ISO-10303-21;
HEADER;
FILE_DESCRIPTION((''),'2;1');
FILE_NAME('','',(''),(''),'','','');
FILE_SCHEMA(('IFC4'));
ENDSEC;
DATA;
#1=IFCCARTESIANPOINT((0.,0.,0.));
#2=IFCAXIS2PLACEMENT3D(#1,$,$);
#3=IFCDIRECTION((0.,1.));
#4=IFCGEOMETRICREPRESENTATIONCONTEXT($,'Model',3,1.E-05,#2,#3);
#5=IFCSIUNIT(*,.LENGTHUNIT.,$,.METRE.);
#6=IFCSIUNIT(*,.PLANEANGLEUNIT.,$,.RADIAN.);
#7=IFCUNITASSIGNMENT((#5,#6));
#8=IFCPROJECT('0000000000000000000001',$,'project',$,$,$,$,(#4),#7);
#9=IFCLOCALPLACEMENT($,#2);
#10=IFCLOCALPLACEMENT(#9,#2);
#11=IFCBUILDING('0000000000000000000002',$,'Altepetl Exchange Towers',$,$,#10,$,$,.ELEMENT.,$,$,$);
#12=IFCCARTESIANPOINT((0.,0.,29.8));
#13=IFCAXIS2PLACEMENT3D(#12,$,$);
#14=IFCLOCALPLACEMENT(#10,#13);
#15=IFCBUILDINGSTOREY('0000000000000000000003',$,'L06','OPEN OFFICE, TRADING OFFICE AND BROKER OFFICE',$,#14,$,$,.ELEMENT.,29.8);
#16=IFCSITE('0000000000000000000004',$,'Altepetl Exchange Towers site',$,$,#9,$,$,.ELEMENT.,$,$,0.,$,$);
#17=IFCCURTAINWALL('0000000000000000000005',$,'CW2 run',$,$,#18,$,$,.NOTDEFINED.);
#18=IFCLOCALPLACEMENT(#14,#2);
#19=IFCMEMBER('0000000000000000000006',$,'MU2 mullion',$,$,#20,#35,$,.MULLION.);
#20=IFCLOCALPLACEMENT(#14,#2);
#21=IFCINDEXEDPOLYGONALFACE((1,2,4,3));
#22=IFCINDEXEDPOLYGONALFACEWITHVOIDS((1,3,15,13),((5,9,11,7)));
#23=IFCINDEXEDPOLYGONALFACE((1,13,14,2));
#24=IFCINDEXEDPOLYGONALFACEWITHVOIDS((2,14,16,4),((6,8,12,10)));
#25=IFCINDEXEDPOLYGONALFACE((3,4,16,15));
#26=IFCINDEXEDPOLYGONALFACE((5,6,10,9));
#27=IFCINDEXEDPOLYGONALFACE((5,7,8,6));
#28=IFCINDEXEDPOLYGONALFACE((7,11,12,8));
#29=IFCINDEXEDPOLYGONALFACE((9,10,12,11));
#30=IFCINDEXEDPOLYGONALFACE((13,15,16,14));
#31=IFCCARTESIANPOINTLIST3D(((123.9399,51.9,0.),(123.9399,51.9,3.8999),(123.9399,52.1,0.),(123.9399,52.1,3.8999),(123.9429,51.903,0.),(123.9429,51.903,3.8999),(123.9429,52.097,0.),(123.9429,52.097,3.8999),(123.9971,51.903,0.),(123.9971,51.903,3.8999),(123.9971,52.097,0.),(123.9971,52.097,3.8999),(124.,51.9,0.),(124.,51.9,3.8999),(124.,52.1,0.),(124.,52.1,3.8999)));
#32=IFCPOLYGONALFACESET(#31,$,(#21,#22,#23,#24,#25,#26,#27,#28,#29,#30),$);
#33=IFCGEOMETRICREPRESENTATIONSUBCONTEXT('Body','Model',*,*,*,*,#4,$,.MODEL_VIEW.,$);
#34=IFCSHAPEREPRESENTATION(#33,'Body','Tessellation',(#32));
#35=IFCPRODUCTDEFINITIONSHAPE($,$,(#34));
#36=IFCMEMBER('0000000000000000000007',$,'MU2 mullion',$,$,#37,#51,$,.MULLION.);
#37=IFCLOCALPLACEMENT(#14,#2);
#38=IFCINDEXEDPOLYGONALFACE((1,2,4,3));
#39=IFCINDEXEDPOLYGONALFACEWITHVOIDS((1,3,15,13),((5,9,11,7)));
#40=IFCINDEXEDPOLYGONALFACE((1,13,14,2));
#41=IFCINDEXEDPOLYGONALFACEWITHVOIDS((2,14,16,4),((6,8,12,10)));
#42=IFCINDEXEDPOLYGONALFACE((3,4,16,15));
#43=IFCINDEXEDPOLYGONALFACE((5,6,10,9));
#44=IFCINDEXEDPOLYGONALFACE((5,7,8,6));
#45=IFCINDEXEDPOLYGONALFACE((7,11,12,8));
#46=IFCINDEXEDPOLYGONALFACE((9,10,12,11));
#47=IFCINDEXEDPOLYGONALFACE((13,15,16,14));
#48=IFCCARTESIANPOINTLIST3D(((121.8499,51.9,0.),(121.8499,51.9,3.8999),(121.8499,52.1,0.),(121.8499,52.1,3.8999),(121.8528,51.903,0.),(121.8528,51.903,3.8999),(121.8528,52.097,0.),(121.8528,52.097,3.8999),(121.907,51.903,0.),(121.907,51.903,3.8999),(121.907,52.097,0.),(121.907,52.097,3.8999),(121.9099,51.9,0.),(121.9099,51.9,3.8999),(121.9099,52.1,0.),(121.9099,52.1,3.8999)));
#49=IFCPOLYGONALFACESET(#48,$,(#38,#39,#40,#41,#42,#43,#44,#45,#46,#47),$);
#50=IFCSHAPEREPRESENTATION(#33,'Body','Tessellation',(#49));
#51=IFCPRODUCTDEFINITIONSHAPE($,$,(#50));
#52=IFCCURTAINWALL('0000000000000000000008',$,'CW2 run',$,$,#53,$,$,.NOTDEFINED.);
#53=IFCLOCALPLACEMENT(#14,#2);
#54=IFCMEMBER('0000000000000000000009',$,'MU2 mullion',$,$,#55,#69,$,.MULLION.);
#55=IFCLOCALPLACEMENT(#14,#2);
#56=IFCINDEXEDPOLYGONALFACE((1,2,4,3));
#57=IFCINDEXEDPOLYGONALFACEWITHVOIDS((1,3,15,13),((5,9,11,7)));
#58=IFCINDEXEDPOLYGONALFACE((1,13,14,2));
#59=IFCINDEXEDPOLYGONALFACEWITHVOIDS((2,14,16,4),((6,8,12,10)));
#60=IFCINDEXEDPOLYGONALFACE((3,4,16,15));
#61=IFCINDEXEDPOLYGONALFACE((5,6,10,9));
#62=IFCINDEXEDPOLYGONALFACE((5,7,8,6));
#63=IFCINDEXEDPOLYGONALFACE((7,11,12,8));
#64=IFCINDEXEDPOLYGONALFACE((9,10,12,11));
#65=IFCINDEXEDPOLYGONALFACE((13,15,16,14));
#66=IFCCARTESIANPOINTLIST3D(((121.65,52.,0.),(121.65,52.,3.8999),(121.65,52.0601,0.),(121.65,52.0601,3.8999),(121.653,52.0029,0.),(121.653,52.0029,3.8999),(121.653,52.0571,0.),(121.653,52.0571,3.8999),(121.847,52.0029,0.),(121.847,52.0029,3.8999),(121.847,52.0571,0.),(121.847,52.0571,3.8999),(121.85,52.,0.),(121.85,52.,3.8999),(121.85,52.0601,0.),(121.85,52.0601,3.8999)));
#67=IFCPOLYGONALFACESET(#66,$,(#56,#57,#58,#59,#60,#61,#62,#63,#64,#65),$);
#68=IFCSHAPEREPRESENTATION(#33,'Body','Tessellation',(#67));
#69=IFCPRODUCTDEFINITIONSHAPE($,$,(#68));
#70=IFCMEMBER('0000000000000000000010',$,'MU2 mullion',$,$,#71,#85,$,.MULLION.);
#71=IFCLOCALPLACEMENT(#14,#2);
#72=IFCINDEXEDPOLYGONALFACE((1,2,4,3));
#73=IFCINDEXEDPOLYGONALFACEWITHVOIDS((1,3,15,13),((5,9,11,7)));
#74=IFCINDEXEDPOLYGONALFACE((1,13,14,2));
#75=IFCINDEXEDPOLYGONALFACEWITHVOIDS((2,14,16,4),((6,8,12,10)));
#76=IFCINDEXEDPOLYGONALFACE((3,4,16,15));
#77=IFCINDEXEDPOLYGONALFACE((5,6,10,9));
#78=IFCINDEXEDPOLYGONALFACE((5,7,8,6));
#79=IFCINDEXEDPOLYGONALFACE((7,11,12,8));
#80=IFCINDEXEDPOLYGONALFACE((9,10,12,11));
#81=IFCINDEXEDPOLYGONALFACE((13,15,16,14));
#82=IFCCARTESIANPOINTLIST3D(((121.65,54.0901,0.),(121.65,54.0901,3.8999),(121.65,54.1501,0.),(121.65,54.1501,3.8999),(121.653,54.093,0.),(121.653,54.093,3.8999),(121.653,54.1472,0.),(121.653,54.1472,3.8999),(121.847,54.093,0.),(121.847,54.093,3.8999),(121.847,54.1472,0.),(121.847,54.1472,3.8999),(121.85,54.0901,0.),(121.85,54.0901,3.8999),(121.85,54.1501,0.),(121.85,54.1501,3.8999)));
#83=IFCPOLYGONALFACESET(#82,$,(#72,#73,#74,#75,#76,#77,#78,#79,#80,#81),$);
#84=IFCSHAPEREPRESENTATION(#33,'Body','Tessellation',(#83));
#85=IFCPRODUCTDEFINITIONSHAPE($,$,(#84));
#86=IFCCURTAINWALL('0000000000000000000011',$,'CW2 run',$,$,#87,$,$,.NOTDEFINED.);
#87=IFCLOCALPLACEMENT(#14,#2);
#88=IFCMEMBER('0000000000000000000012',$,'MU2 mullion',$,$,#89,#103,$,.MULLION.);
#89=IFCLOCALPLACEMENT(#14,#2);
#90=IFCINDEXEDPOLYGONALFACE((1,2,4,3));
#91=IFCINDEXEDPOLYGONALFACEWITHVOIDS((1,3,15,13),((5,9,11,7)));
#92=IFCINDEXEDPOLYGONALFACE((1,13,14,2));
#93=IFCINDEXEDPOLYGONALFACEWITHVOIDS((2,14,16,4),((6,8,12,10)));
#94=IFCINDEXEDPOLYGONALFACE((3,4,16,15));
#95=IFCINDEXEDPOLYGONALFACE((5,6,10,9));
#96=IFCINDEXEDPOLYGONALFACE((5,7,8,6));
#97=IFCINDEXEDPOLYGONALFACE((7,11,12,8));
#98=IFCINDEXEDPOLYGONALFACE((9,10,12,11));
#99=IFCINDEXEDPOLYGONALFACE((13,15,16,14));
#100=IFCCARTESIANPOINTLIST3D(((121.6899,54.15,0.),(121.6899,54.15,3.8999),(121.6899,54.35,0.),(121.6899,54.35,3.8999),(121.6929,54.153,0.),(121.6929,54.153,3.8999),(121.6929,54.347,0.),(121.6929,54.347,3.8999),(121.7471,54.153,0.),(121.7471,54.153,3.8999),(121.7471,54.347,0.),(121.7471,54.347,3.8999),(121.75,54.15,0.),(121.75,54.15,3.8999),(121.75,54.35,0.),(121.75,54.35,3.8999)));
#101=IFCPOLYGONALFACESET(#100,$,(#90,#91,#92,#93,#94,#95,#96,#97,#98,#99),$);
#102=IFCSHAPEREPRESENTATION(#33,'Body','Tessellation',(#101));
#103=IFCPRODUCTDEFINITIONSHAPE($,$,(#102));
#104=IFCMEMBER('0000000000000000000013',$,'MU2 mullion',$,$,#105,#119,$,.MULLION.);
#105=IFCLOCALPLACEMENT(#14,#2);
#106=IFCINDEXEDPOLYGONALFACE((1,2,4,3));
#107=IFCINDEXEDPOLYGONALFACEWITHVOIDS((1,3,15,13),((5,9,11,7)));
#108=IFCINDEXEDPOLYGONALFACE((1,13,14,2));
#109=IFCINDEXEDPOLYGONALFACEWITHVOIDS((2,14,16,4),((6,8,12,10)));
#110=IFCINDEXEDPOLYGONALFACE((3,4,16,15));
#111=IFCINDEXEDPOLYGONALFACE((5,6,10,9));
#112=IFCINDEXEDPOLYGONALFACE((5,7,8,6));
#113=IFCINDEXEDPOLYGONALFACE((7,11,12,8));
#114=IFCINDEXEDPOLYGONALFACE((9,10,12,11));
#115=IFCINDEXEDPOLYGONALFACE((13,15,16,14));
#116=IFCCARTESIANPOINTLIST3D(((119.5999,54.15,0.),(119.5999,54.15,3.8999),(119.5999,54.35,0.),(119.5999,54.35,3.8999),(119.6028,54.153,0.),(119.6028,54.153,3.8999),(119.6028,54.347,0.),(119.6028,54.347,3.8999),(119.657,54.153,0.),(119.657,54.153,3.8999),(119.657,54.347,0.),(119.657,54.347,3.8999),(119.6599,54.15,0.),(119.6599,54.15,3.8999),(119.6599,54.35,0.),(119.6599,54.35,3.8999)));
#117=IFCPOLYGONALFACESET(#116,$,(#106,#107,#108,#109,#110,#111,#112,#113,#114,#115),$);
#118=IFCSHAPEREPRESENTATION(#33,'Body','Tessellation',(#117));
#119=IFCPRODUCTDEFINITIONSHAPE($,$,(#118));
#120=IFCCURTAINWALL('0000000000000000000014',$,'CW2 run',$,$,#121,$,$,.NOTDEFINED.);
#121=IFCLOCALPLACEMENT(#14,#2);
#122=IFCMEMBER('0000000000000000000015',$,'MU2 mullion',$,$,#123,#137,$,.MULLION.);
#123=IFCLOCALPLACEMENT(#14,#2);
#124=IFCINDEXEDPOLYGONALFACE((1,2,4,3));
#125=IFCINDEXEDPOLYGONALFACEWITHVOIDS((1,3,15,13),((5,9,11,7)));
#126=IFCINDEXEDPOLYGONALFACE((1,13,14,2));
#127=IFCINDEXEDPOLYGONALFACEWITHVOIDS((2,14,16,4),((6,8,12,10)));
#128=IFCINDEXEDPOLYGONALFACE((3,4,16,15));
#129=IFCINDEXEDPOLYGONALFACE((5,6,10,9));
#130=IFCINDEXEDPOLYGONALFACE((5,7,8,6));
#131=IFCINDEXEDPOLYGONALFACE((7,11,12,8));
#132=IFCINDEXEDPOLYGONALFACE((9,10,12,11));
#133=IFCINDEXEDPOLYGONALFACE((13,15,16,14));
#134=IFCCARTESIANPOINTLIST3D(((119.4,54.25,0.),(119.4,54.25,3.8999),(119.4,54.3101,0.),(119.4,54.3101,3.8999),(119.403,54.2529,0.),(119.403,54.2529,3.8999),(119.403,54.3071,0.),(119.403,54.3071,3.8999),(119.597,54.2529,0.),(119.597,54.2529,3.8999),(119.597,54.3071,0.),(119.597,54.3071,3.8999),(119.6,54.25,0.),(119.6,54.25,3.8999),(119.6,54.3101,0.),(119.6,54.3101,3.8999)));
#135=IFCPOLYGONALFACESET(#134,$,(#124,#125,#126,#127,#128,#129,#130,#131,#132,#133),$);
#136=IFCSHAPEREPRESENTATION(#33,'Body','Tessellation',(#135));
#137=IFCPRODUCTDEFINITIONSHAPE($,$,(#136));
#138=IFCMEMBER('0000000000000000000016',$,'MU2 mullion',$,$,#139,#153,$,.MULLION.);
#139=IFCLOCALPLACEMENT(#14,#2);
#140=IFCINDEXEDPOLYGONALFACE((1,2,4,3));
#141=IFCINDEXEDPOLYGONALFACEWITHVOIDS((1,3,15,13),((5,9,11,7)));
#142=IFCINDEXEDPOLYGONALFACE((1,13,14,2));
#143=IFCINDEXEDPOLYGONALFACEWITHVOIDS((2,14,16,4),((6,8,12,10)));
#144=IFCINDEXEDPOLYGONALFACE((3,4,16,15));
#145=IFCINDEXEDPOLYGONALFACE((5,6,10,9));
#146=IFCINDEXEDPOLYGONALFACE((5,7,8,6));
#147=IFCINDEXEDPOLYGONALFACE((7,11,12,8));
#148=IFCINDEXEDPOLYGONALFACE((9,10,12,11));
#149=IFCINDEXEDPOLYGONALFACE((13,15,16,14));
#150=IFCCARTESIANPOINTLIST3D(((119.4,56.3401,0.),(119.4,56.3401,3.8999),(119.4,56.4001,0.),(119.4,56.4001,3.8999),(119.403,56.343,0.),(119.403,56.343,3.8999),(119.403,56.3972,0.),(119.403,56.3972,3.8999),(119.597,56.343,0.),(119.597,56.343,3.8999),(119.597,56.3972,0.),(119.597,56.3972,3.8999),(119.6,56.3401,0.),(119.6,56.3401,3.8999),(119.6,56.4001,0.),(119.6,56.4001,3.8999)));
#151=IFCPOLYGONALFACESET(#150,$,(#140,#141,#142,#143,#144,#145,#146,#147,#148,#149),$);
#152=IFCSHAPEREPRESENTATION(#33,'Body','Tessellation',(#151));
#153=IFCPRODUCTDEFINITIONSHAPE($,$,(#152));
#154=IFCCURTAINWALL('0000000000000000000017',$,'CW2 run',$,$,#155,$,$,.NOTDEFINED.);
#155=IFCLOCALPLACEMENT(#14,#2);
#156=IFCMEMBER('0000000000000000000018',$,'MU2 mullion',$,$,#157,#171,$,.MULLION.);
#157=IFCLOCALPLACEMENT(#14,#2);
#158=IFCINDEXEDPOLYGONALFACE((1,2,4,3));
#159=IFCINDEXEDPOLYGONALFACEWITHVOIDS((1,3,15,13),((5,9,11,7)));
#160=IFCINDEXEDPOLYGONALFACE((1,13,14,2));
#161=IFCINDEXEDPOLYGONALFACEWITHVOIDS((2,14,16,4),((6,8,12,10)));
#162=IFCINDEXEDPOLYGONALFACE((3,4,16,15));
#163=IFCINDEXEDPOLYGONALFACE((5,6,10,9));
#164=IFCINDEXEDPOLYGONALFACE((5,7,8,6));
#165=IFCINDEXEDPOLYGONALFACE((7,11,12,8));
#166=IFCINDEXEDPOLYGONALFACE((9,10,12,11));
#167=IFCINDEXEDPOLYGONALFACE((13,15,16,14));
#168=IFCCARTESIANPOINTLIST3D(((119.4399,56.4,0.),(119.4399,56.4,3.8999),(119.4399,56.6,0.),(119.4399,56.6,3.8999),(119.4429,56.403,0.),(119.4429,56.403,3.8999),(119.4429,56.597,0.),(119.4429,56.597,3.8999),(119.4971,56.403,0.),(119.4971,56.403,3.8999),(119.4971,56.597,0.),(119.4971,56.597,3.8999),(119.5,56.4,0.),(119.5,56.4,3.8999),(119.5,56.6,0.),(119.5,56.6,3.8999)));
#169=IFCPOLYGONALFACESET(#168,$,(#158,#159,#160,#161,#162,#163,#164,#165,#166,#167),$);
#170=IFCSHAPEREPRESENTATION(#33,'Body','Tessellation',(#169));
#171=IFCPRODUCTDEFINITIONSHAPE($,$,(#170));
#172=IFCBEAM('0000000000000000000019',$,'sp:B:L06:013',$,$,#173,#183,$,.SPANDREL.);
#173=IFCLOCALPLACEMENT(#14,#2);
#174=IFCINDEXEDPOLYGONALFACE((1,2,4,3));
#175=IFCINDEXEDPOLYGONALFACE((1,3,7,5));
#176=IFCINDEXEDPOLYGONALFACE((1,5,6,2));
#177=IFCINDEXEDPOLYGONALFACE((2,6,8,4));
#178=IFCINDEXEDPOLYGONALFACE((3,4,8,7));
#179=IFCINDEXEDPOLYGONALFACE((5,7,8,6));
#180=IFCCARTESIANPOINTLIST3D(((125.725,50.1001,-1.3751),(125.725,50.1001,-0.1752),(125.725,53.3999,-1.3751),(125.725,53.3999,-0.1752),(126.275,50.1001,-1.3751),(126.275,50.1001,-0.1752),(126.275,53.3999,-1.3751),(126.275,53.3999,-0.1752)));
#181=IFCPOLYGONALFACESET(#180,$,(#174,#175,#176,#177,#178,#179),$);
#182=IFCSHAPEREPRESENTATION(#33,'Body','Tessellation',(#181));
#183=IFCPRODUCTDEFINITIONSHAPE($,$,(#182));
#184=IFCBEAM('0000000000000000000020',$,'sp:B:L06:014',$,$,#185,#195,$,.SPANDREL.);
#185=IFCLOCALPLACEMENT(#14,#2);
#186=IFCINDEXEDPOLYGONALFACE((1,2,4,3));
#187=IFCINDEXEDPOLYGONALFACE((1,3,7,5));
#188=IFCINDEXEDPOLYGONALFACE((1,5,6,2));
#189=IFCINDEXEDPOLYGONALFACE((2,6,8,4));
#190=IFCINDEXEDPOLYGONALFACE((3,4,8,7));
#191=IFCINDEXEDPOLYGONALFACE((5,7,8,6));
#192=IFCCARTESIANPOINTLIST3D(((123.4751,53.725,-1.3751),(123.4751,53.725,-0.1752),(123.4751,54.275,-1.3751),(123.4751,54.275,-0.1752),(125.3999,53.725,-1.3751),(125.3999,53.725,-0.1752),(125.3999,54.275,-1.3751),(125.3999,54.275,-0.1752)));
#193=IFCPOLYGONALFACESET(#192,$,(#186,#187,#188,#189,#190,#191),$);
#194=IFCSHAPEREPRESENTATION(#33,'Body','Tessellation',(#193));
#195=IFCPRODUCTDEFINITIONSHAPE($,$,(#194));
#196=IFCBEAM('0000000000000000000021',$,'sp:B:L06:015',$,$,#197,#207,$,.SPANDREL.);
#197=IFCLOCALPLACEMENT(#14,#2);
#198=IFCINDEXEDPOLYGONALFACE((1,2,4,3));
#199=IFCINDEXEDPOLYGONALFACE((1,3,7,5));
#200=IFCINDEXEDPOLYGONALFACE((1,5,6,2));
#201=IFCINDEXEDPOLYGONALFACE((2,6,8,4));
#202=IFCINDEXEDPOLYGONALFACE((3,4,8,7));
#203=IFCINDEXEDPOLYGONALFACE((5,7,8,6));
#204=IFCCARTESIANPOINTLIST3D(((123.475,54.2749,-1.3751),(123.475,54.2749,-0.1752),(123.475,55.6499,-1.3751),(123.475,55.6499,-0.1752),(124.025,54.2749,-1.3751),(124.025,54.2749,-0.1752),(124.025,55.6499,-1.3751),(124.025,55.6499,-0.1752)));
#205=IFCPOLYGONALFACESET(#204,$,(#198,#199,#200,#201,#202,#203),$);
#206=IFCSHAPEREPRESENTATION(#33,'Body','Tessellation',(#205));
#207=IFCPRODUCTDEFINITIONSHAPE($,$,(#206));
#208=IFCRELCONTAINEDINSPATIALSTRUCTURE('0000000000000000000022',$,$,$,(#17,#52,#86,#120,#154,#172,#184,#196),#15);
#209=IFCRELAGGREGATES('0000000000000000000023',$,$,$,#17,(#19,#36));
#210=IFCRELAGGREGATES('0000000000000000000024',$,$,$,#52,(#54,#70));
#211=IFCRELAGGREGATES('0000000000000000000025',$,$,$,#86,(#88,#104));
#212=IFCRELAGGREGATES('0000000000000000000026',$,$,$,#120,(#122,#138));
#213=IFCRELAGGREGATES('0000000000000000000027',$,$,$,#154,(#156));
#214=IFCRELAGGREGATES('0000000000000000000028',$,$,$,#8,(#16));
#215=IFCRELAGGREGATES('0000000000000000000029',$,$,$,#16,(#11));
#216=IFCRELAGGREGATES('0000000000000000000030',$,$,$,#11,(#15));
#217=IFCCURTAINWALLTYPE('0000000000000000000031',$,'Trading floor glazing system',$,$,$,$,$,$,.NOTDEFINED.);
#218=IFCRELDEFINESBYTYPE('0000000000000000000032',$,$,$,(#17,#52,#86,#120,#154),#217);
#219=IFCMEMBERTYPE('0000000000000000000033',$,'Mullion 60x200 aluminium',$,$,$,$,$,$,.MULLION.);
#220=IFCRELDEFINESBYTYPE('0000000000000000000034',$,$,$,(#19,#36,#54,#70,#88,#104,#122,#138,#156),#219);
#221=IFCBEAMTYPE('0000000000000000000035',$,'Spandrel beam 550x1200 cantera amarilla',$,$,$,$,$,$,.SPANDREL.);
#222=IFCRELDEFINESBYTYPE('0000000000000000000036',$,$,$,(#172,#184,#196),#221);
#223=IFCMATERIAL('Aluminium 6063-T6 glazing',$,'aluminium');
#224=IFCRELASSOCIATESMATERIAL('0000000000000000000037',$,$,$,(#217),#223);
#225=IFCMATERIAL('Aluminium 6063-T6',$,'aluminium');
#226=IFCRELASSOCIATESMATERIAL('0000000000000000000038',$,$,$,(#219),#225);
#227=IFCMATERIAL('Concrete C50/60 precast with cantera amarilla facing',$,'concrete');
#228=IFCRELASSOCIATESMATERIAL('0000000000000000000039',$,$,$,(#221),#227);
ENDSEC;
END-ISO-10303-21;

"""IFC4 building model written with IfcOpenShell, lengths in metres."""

from ifc_helpers import new_model, si_unit, direction, frame, origin, origin_2d, place, context, subcontext, project, spatial, rectangle, hollow_rectangle, extrude, material, material_profile, profile_set, type_object, element, aggregate, save


model = new_model("IFC4")

# Units and contexts
model_context = context("Model", 3, precision=1e-05, world=origin(), true_north=direction((0.0, 1.0)))
body_context = subcontext(model_context, "Body", "Model", "MODEL_VIEW")
ifc_project = project(units=[si_unit("LENGTHUNIT", "METRE"), si_unit("PLANEANGLEUNIT", "RADIAN")], contexts=[model_context])

# Site, building, storey
site_placement = place(None, origin())
site = spatial("IfcSite", under=ifc_project, at=site_placement, Name="Altepetl Exchange Towers site", CompositionType="ELEMENT", RefElevation=0.0)
building_placement = place(site_placement, origin())
building = spatial("IfcBuilding", under=site, at=building_placement, Name="Altepetl Exchange Towers", CompositionType="ELEMENT")
storey_placement = place(building_placement, frame((0.0, 0.0, 29.8)))
storey = spatial("IfcBuildingStorey", under=building, at=storey_placement, Name="L06", Description="OPEN OFFICE, TRADING OFFICE AND BROKER OFFICE", CompositionType="ELEMENT", Elevation=29.8)

# Curtain walls, members
ifc_material_1 = material(Name="Aluminium 6063-T6 glazing", Category="aluminium")
curtain_wall_type = type_object("IfcCurtainWallType", Name="Trading floor glazing system", PredefinedType="NOTDEFINED", material=ifc_material_1)
ifc_material_2 = material(Name="Aluminium 6063-T6", Category="aluminium")
ifc_material_profile_1 = material_profile(ifc_material_2, hollow_rectangle(XDim=0.0601, YDim=0.2, WallThickness=0.0029, at=origin_2d()), Name="Mullion 60x200 aluminium")
ifc_profile_set_1 = profile_set([ifc_material_profile_1], Name="Aluminium 6063-T6")
member_type = type_object("IfcMemberType", Name="Mullion 60x200 aluminium", PredefinedType="MULLION", material=ifc_profile_set_1)
curtain_wall_1_placement = place(storey_placement, origin())
curtain_wall_1 = element("IfcCurtainWall", 1, at=curtain_wall_1_placement, inside=storey, type_object=curtain_wall_type, Name="CW2 run", PredefinedType="NOTDEFINED")
member_1_placement = place(storey_placement, frame((123.97, 52.0, 0.0), z_axis=(0.0, 0.0, 1.0), x_axis=(-1.0, 0.0, 0.0)))
member_1 = element("IfcMember", 2, at=member_1_placement, type_object=member_type, Name="MU2 mullion", PredefinedType="MULLION", context=body_context, shape_type="SweptSolid", body=[
    extrude(hollow_rectangle(XDim=0.0601, YDim=0.2, WallThickness=0.0029, at=origin_2d()), origin(), (0.0, 0.0, 1.0), 3.8999),
])
member_2_placement = place(storey_placement, frame((121.8799, 52.0, 0.0), z_axis=(0.0, 0.0, 1.0), x_axis=(-1.0, 0.0, 0.0)))
member_2 = element("IfcMember", 3, at=member_2_placement, type_object=member_type, Name="MU2 mullion", PredefinedType="MULLION", context=body_context, shape_type="SweptSolid", body=[
    extrude(hollow_rectangle(XDim=0.0601, YDim=0.2, WallThickness=0.0029, at=origin_2d()), origin(), (0.0, 0.0, 1.0), 3.8999),
])
curtain_wall_2_placement = place(storey_placement, origin())
curtain_wall_2 = element("IfcCurtainWall", 4, at=curtain_wall_2_placement, inside=storey, type_object=curtain_wall_type, Name="CW2 run", PredefinedType="NOTDEFINED")
member_3_placement = place(storey_placement, frame((121.75, 52.03, 0.0), z_axis=(0.0, 0.0, 1.0), x_axis=(0.0, 1.0, 0.0)))
member_3 = element("IfcMember", 5, at=member_3_placement, type_object=member_type, Name="MU2 mullion", PredefinedType="MULLION", context=body_context, shape_type="SweptSolid", body=[
    extrude(hollow_rectangle(XDim=0.0601, YDim=0.2, WallThickness=0.0029, at=origin_2d()), origin(), (0.0, 0.0, 1.0), 3.8999),
])
member_4_placement = place(storey_placement, frame((121.75, 54.1201, 0.0), z_axis=(0.0, 0.0, 1.0), x_axis=(0.0, 1.0, 0.0)))
member_4 = element("IfcMember", 6, at=member_4_placement, type_object=member_type, Name="MU2 mullion", PredefinedType="MULLION", context=body_context, shape_type="SweptSolid", body=[
    extrude(hollow_rectangle(XDim=0.0601, YDim=0.2, WallThickness=0.0029, at=origin_2d()), origin(), (0.0, 0.0, 1.0), 3.8999),
])
curtain_wall_3_placement = place(storey_placement, origin())
curtain_wall_3 = element("IfcCurtainWall", 7, at=curtain_wall_3_placement, inside=storey, type_object=curtain_wall_type, Name="CW2 run", PredefinedType="NOTDEFINED")
member_5_placement = place(storey_placement, frame((121.72, 54.25, 0.0), z_axis=(0.0, 0.0, 1.0), x_axis=(-1.0, 0.0, 0.0)))
member_5 = element("IfcMember", 8, at=member_5_placement, type_object=member_type, Name="MU2 mullion", PredefinedType="MULLION", context=body_context, shape_type="SweptSolid", body=[
    extrude(hollow_rectangle(XDim=0.0601, YDim=0.2, WallThickness=0.0029, at=origin_2d()), origin(), (0.0, 0.0, 1.0), 3.8999),
])
member_6_placement = place(storey_placement, frame((119.6299, 54.25, 0.0), z_axis=(0.0, 0.0, 1.0), x_axis=(-1.0, 0.0, 0.0)))
member_6 = element("IfcMember", 9, at=member_6_placement, type_object=member_type, Name="MU2 mullion", PredefinedType="MULLION", context=body_context, shape_type="SweptSolid", body=[
    extrude(hollow_rectangle(XDim=0.0601, YDim=0.2, WallThickness=0.0029, at=origin_2d()), origin(), (0.0, 0.0, 1.0), 3.8999),
])
curtain_wall_4_placement = place(storey_placement, origin())
curtain_wall_4 = element("IfcCurtainWall", 10, at=curtain_wall_4_placement, inside=storey, type_object=curtain_wall_type, Name="CW2 run", PredefinedType="NOTDEFINED")
member_7_placement = place(storey_placement, frame((119.5, 54.28, 0.0), z_axis=(0.0, 0.0, 1.0), x_axis=(0.0, 1.0, 0.0)))
member_7 = element("IfcMember", 11, at=member_7_placement, type_object=member_type, Name="MU2 mullion", PredefinedType="MULLION", context=body_context, shape_type="SweptSolid", body=[
    extrude(hollow_rectangle(XDim=0.0601, YDim=0.2, WallThickness=0.0029, at=origin_2d()), origin(), (0.0, 0.0, 1.0), 3.8999),
])
member_8_placement = place(storey_placement, frame((119.5, 56.3701, 0.0), z_axis=(0.0, 0.0, 1.0), x_axis=(0.0, 1.0, 0.0)))
member_8 = element("IfcMember", 12, at=member_8_placement, type_object=member_type, Name="MU2 mullion", PredefinedType="MULLION", context=body_context, shape_type="SweptSolid", body=[
    extrude(hollow_rectangle(XDim=0.0601, YDim=0.2, WallThickness=0.0029, at=origin_2d()), origin(), (0.0, 0.0, 1.0), 3.8999),
])

# Curtain wall, member
curtain_wall_5_placement = place(storey_placement, origin())
curtain_wall_5 = element("IfcCurtainWall", 13, at=curtain_wall_5_placement, inside=storey, type_object=curtain_wall_type, Name="CW2 run", PredefinedType="NOTDEFINED")
member_9_placement = place(storey_placement, frame((119.47, 56.5, 0.0), z_axis=(0.0, 0.0, 1.0), x_axis=(-1.0, 0.0, 0.0)))
member_9 = element("IfcMember", 14, at=member_9_placement, type_object=member_type, Name="MU2 mullion", PredefinedType="MULLION", context=body_context, shape_type="SweptSolid", body=[
    extrude(hollow_rectangle(XDim=0.0601, YDim=0.2, WallThickness=0.0029, at=origin_2d()), origin(), (0.0, 0.0, 1.0), 3.8999),
])

# Beams
ifc_material_3 = material(Name="Concrete C50/60 precast with cantera amarilla facing", Category="concrete")
ifc_material_profile_2 = material_profile(ifc_material_3, rectangle(XDim=0.55, YDim=1.2, at=origin_2d()), Name="550 x 1200")
ifc_profile_set_2 = profile_set([ifc_material_profile_2], Name="Concrete C50/60 precast with cantera amarilla facing")
beam_type_1 = type_object("IfcBeamType", Name="Spandrel beam 550x1200 cantera amarilla", PredefinedType="SPANDREL", material=ifc_profile_set_2)
beam_1_placement = place(storey_placement, frame((126.0, 50.1001, -0.7751), z_axis=(0.0, 1.0, 0.0), x_axis=(-1.0, 0.0, 0.0)))
element("IfcBeam", 15, at=beam_1_placement, inside=storey, type_object=beam_type_1, Name="sp:B:L06:013", PredefinedType="SPANDREL", context=body_context, shape_type="SweptSolid", body=[
    extrude(rectangle(XDim=0.55, YDim=1.2, at=origin_2d()), origin(), (0.0, 0.0, 1.0), 3.2998),
])
beam_2_placement = place(storey_placement, frame((125.3999, 54.0, -0.7751), z_axis=(-1.0, 0.0, 0.0), x_axis=(0.0, -1.0, 0.0)))
element("IfcBeam", 16, at=beam_2_placement, inside=storey, type_object=beam_type_1, Name="sp:B:L06:014", PredefinedType="SPANDREL", context=body_context, shape_type="SweptSolid", body=[
    extrude(rectangle(XDim=0.55, YDim=1.2, at=origin_2d()), origin(), (0.0, 0.0, 1.0), 1.9248),
])
beam_3_placement = place(storey_placement, frame((123.75, 54.2749, -0.7751), z_axis=(0.0, 1.0, 0.0), x_axis=(-1.0, 0.0, 0.0)))
element("IfcBeam", 17, at=beam_3_placement, inside=storey, type_object=beam_type_1, Name="sp:B:L06:015", PredefinedType="SPANDREL", context=body_context, shape_type="SweptSolid", body=[
    extrude(rectangle(XDim=0.55, YDim=1.2, at=origin_2d()), origin(), (0.0, 0.0, 1.0), 1.375),
])

aggregate(curtain_wall_1, [member_1, member_2])
aggregate(curtain_wall_2, [member_3, member_4])
aggregate(curtain_wall_3, [member_5, member_6])
aggregate(curtain_wall_4, [member_7, member_8])
aggregate(curtain_wall_5, [member_9])

save(model, "model.ifc")
